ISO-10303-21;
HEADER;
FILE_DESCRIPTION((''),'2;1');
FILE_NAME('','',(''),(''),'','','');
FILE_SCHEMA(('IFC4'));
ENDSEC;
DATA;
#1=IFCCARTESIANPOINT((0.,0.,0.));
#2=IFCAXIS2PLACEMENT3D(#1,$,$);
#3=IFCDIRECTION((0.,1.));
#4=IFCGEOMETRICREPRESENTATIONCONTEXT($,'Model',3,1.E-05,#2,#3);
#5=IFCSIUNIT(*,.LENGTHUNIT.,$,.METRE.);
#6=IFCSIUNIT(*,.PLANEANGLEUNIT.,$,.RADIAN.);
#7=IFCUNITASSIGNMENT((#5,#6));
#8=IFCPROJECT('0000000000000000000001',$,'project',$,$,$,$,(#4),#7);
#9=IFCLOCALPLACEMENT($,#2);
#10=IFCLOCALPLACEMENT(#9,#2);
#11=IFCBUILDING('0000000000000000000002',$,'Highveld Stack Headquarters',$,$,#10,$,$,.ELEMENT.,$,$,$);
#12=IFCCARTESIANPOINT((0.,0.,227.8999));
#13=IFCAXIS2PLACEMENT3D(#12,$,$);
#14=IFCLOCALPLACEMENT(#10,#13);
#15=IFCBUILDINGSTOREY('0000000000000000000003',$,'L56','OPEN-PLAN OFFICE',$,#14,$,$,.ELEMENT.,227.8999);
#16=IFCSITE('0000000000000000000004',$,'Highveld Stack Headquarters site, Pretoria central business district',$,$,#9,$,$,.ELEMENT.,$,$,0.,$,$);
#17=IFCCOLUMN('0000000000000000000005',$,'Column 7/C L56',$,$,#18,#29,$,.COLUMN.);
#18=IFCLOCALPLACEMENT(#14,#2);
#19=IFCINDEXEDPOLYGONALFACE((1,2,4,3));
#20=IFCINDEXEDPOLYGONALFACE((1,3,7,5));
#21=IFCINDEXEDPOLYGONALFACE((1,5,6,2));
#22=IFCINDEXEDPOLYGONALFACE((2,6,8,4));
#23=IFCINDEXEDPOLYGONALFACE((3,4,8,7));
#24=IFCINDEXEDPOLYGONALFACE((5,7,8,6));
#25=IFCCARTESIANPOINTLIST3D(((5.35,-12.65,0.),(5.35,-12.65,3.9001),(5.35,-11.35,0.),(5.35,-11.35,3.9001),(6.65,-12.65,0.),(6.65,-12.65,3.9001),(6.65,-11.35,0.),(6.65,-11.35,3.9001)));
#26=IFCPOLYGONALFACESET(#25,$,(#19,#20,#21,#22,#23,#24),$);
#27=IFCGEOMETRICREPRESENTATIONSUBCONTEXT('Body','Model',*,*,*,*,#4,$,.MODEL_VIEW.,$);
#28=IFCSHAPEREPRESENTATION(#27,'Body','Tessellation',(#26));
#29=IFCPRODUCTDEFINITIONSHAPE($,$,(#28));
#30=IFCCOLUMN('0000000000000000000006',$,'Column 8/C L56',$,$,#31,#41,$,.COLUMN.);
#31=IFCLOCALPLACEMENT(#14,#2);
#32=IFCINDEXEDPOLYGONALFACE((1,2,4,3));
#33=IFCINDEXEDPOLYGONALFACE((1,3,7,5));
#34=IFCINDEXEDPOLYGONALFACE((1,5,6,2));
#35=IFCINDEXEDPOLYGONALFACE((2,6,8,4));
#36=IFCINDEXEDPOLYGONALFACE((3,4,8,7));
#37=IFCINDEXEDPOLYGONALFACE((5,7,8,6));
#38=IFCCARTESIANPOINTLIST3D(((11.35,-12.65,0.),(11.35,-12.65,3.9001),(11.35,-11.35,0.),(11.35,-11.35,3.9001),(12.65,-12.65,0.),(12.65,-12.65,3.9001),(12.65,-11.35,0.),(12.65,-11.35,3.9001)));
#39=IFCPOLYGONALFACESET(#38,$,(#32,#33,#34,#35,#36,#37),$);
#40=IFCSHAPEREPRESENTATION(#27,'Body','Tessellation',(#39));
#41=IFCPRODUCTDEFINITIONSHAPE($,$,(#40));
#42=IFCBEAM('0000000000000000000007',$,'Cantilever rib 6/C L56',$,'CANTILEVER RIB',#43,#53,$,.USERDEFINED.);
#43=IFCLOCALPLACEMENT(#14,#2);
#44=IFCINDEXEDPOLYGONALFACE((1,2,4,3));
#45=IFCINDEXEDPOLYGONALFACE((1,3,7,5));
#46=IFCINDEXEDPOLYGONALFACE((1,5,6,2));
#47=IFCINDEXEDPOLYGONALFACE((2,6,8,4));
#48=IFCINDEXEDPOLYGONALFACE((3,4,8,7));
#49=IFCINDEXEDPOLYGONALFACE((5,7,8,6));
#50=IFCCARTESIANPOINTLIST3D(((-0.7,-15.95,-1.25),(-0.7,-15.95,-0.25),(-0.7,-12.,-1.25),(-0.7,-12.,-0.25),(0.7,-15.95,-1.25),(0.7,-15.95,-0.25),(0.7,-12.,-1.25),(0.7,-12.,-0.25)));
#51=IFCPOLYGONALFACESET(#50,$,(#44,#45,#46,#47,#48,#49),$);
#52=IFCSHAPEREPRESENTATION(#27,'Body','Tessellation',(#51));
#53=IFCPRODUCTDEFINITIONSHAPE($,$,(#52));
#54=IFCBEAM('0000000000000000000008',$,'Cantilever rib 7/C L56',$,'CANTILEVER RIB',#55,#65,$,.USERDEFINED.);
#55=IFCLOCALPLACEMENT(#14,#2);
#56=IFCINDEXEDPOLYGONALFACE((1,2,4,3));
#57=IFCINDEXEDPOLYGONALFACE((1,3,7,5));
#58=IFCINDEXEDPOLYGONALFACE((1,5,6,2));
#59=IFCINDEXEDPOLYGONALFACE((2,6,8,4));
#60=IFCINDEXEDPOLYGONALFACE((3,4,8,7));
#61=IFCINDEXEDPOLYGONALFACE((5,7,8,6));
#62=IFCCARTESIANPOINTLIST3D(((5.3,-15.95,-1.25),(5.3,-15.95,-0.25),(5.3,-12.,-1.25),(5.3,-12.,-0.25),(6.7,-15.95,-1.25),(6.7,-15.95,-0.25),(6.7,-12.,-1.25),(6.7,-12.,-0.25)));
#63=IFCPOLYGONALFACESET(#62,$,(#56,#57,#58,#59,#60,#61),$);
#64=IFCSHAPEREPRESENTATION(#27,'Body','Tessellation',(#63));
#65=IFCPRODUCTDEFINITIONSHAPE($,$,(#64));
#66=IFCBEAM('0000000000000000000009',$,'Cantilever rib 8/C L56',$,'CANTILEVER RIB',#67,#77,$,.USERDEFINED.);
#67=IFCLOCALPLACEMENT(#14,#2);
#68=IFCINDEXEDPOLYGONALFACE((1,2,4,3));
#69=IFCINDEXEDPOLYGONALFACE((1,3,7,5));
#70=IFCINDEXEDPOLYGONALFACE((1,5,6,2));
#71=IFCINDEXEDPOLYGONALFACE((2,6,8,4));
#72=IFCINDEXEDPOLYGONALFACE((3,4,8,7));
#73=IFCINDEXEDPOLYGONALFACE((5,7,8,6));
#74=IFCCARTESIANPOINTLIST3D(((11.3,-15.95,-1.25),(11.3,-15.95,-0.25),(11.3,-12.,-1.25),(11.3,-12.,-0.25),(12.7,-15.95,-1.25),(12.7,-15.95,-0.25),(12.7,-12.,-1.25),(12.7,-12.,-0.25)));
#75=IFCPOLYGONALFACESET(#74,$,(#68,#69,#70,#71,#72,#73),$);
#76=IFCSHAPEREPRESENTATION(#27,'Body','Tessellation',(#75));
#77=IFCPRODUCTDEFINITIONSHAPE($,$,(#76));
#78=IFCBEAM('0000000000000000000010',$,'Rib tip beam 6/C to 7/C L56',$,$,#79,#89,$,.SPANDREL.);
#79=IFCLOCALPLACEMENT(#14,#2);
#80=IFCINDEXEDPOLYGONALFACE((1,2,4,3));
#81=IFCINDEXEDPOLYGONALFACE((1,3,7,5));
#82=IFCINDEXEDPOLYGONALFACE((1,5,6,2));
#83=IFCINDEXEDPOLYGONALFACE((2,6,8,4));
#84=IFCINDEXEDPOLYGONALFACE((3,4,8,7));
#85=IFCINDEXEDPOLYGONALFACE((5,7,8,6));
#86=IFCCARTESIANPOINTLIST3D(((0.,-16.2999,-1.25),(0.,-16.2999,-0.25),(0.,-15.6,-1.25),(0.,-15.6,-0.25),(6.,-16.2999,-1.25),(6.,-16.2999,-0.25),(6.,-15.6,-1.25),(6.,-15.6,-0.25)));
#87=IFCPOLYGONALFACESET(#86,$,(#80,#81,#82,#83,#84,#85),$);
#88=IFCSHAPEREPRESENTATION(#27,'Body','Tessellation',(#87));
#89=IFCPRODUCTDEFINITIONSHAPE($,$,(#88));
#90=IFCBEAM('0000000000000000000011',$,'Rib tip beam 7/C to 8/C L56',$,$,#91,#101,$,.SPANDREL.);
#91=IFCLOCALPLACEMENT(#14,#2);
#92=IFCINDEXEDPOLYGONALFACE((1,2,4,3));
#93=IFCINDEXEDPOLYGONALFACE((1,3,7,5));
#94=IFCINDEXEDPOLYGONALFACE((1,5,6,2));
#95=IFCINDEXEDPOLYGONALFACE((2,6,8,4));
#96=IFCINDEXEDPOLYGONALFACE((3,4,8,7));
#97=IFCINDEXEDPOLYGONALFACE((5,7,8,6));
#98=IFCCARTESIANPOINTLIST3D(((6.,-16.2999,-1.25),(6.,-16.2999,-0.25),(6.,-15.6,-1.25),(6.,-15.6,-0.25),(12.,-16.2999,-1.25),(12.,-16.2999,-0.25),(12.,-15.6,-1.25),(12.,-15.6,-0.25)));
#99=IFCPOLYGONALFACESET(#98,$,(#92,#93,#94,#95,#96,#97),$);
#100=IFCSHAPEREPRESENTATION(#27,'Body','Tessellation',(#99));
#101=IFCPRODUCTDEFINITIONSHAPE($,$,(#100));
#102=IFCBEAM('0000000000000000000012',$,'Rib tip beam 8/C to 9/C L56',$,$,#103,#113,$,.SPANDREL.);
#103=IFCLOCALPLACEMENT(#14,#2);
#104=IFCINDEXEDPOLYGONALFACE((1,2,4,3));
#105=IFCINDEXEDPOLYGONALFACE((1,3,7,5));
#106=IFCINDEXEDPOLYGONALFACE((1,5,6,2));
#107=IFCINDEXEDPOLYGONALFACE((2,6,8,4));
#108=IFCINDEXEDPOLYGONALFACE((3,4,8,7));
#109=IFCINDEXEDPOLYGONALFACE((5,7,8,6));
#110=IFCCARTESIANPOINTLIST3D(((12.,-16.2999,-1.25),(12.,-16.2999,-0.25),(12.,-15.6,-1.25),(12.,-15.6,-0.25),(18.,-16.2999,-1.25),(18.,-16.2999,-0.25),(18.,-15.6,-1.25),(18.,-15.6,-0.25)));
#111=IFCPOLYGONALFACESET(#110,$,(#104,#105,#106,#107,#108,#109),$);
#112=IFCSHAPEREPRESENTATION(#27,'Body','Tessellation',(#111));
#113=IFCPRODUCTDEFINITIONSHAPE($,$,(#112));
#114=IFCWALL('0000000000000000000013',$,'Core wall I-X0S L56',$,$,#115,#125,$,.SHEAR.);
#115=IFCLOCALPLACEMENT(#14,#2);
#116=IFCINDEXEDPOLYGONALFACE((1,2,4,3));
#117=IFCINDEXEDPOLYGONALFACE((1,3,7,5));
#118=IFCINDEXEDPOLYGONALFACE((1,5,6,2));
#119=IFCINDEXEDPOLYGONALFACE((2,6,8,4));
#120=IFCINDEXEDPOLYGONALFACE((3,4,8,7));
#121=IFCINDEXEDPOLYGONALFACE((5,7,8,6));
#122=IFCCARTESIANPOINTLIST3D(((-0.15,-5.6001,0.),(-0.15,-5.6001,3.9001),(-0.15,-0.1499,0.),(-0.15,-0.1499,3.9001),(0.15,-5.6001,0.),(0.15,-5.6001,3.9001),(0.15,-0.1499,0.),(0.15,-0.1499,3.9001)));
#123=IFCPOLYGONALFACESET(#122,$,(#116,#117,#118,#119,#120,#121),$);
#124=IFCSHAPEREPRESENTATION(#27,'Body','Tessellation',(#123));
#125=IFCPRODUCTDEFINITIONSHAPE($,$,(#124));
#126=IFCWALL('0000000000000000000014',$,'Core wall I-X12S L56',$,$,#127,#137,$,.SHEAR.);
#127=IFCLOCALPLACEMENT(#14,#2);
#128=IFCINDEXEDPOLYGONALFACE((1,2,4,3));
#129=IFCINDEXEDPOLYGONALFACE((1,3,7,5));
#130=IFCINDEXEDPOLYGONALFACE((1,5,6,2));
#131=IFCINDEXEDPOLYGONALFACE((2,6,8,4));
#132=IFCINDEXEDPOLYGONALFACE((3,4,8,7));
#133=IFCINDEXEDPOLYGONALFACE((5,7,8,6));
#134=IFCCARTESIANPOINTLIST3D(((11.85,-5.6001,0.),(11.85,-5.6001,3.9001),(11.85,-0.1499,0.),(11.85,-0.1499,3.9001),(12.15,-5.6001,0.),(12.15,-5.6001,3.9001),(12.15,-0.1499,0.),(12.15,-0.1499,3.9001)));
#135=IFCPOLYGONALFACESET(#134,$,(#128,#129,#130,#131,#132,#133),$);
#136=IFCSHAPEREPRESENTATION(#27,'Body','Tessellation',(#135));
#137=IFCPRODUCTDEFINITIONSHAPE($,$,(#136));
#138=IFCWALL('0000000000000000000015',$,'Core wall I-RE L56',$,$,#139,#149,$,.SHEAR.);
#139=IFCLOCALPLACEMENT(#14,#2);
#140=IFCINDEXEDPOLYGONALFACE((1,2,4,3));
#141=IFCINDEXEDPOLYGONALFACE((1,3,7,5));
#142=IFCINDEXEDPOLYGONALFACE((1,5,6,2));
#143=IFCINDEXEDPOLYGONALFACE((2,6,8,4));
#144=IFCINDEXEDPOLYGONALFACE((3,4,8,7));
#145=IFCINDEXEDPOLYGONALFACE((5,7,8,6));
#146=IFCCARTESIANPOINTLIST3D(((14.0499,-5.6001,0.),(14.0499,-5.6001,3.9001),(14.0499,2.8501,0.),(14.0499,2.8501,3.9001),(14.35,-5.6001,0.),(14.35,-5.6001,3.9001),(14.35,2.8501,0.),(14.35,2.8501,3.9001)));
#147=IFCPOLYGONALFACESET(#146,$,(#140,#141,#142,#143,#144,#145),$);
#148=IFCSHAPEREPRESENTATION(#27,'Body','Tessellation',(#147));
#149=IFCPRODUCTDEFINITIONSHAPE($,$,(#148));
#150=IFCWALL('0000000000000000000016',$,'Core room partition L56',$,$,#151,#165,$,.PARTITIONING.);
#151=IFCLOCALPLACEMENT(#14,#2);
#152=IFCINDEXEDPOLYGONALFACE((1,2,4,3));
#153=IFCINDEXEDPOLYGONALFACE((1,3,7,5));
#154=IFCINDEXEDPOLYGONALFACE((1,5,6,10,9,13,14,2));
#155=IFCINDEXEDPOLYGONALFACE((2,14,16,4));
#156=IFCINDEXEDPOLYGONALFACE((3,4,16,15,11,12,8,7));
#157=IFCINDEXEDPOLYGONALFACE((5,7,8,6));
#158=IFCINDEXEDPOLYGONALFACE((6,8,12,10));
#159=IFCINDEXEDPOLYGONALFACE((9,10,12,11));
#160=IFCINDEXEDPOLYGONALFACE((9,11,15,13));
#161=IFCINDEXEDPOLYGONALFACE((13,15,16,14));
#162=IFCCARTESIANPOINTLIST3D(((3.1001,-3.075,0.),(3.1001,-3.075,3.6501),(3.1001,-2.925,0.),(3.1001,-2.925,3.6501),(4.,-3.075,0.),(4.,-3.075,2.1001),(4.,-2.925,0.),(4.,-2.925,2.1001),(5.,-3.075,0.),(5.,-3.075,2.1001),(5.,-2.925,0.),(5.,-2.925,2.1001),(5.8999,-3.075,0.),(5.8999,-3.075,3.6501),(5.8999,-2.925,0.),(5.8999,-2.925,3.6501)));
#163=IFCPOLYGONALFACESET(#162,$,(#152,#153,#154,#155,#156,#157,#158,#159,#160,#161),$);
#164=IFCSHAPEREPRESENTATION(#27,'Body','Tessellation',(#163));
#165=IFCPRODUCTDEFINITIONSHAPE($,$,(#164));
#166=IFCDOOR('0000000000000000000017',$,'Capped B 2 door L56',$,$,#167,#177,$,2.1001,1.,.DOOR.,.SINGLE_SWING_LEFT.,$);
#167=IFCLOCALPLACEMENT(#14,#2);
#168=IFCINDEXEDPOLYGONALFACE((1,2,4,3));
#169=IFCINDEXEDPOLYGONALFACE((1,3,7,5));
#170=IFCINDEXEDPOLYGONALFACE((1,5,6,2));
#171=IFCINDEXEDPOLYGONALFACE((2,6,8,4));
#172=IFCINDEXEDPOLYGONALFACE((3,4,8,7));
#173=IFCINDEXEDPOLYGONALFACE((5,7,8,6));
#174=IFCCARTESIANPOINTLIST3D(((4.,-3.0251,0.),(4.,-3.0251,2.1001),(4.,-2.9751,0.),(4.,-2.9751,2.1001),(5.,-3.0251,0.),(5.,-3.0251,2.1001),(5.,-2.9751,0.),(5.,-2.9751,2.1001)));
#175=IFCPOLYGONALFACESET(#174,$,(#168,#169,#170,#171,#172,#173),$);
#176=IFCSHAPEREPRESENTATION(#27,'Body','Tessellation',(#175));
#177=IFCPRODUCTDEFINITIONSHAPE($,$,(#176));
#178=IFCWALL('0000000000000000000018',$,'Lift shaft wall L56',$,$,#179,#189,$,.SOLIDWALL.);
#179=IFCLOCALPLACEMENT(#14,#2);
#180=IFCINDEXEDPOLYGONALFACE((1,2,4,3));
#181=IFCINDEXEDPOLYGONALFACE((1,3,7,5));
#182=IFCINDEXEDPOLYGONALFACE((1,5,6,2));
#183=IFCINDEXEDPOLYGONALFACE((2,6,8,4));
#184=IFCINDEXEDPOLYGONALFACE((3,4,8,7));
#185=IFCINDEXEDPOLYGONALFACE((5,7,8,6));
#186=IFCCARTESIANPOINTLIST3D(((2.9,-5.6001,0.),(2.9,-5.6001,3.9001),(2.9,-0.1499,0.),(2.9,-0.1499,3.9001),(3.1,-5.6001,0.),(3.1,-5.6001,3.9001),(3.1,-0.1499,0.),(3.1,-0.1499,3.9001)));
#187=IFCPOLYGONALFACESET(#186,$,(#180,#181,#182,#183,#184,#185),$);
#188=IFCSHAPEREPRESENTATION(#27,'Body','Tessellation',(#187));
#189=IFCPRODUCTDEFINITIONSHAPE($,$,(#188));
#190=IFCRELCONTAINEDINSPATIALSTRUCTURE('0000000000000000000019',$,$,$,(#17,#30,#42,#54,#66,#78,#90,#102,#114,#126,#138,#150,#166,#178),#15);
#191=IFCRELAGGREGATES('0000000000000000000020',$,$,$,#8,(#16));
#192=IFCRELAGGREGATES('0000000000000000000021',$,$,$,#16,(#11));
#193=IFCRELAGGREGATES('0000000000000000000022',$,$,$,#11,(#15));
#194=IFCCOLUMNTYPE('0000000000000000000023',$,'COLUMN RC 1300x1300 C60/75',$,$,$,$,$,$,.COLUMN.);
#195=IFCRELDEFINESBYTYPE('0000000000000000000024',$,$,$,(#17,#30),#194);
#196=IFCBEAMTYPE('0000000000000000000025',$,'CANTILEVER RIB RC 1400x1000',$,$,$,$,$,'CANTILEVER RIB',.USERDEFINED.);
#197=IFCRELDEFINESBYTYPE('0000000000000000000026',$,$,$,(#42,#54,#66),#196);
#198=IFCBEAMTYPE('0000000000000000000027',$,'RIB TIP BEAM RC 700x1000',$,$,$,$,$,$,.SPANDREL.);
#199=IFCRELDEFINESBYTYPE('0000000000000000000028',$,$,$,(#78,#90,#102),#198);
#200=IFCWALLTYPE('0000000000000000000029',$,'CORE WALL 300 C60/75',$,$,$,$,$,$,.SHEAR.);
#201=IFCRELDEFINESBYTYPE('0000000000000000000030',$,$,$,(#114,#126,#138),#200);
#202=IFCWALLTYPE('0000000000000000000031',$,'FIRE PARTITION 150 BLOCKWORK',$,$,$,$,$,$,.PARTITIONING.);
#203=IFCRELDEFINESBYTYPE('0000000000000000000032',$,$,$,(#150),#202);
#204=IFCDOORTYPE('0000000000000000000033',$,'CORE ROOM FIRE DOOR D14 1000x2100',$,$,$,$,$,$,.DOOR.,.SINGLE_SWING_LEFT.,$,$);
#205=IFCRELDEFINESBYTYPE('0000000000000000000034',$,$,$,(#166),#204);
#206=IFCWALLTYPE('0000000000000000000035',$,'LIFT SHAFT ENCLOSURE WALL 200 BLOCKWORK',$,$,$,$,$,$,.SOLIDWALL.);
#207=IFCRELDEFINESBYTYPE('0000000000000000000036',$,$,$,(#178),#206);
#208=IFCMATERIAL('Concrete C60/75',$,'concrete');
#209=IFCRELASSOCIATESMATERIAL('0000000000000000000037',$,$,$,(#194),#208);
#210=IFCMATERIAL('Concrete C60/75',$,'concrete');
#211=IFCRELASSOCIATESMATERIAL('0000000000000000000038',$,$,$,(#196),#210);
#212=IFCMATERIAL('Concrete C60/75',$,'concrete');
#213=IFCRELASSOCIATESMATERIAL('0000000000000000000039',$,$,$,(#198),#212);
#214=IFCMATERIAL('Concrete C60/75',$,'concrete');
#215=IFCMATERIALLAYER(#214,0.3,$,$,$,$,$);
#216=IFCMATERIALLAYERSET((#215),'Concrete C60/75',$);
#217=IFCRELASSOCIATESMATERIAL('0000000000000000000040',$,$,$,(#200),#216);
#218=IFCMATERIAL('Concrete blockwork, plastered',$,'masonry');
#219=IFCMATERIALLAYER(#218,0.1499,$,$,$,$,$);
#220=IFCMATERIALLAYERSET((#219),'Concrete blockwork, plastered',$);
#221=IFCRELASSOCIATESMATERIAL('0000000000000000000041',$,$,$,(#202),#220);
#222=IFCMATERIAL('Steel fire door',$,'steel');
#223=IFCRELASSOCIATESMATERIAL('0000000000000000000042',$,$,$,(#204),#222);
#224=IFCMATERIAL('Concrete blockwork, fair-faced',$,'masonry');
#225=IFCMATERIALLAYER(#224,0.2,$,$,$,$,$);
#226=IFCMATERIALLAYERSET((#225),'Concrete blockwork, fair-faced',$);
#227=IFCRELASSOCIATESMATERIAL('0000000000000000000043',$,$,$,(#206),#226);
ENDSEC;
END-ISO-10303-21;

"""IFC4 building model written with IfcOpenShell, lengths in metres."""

from ifc_helpers import new_model, si_unit, direction, frame, frame_2d, origin, origin_2d, place, context, subcontext, project, spatial, rectangle, extrude, material, layer, layer_set, material_profile, profile_set, type_object, element, fill, save


model = new_model("IFC4")

# Units and contexts
model_context = context("Model", 3, precision=1e-05, world=origin(), true_north=direction((0.0, 1.0)))
body_context = subcontext(model_context, "Body", "Model", "MODEL_VIEW")
ifc_project = project(units=[si_unit("LENGTHUNIT", "METRE"), si_unit("PLANEANGLEUNIT", "RADIAN")], contexts=[model_context])

# Site, building, storey
site_placement = place(None, origin())
site = spatial("IfcSite", under=ifc_project, at=site_placement, Name="Highveld Stack Headquarters site, Pretoria central business district", CompositionType="ELEMENT", RefElevation=0.0)
building_placement = place(site_placement, origin())
building = spatial("IfcBuilding", under=site, at=building_placement, Name="Highveld Stack Headquarters", CompositionType="ELEMENT")
storey_placement = place(building_placement, frame((0.0, 0.0, 227.8999)))
storey = spatial("IfcBuildingStorey", under=building, at=storey_placement, Name="L56", Description="OPEN-PLAN OFFICE", CompositionType="ELEMENT", Elevation=227.8999)

# Columns
ifc_material_1 = material(Name="Concrete C60/75", Category="concrete")
ifc_material_profile_1 = material_profile(ifc_material_1, rectangle(XDim=1.3, YDim=1.3, at=origin_2d()), Name="RC 1300x1300")
ifc_profile_set_1 = profile_set([ifc_material_profile_1], Name="Concrete C60/75")
column_type = type_object("IfcColumnType", Name="COLUMN RC 1300x1300 C60/75", PredefinedType="COLUMN", material=ifc_profile_set_1)
for number, where, z_axis, x_axis, name in (
    (1, (6.0, -12.0, 0.0), (0.0, 0.0, 1.0), (1.0, 0.0, 0.0), "Column 7/C L56"),
    (2, (12.0, -12.0, 0.0), (0.0, 0.0, 1.0), (1.0, 0.0, 0.0), "Column 8/C L56"),
):
    element("IfcColumn", number, at=place(storey_placement, frame(where, z_axis=z_axis, x_axis=x_axis)), inside=storey, type_object=column_type, Name=name, PredefinedType="COLUMN", context=body_context, shape_type="SweptSolid", body=[
        extrude(rectangle(XDim=1.3, YDim=1.3, at=origin_2d()), origin(), (0.0, 0.0, 1.0), 3.9001),
    ])

# Beams
ifc_material_2 = material(Name="Concrete C60/75", Category="concrete")
ifc_material_profile_2 = material_profile(ifc_material_2, rectangle(XDim=1.3999, YDim=1.0, at=origin_2d()), Name="RC 1400x1000")
ifc_profile_set_2 = profile_set([ifc_material_profile_2], Name="Concrete C60/75")
beam_type_1 = type_object("IfcBeamType", Name="CANTILEVER RIB RC 1400x1000", ElementType="CANTILEVER RIB", PredefinedType="USERDEFINED", material=ifc_profile_set_2)
for number, where, z_axis, x_axis, name in (
    (3, (0.0, -12.0, -0.75), (0.0, -1.0, 0.0), (1.0, 0.0, 0.0), "Cantilever rib 6/C L56"),
    (4, (6.0, -12.0, -0.75), (0.0, -1.0, 0.0), (1.0, 0.0, 0.0), "Cantilever rib 7/C L56"),
    (5, (12.0, -12.0, -0.75), (0.0, -1.0, 0.0), (1.0, 0.0, 0.0), "Cantilever rib 8/C L56"),
):
    element("IfcBeam", number, at=place(storey_placement, frame(where, z_axis=z_axis, x_axis=x_axis)), inside=storey, type_object=beam_type_1, Name=name, ObjectType="CANTILEVER RIB", PredefinedType="USERDEFINED", context=body_context, shape_type="SweptSolid", body=[
        extrude(rectangle(XDim=1.3999, YDim=1.0, at=origin_2d()), origin(), (0.0, 0.0, 1.0), 3.95),
    ])
ifc_material_3 = material(Name="Concrete C60/75", Category="concrete")
ifc_material_profile_3 = material_profile(ifc_material_3, rectangle(XDim=0.7, YDim=1.0, at=origin_2d()), Name="RC 700x1000")
ifc_profile_set_3 = profile_set([ifc_material_profile_3], Name="Concrete C60/75")
beam_type_2 = type_object("IfcBeamType", Name="RIB TIP BEAM RC 700x1000", PredefinedType="SPANDREL", material=ifc_profile_set_3)
for number, where, z_axis, x_axis, name in (
    (6, (0.0, -15.95, -0.75), (1.0, 0.0, 0.0), (0.0, 1.0, 0.0), "Rib tip beam 6/C to 7/C L56"),
    (7, (6.0, -15.95, -0.75), (1.0, 0.0, 0.0), (0.0, 1.0, 0.0), "Rib tip beam 7/C to 8/C L56"),
    (8, (12.0, -15.95, -0.75), (1.0, 0.0, 0.0), (0.0, 1.0, 0.0), "Rib tip beam 8/C to 9/C L56"),
):
    element("IfcBeam", number, at=place(storey_placement, frame(where, z_axis=z_axis, x_axis=x_axis)), inside=storey, type_object=beam_type_2, Name=name, PredefinedType="SPANDREL", context=body_context, shape_type="SweptSolid", body=[
        extrude(rectangle(XDim=0.7, YDim=1.0, at=origin_2d()), origin(), (0.0, 0.0, 1.0), 6.0),
    ])

# Walls
ifc_material_4 = material(Name="Concrete C60/75", Category="concrete")
ifc_layer_1 = layer(ifc_material_4, 0.3)
ifc_layer_set_1 = layer_set([ifc_layer_1], Name="Concrete C60/75")
wall_type_1 = type_object("IfcWallType", Name="CORE WALL 300 C60/75", PredefinedType="SHEAR", material=ifc_layer_set_1)
for number, where, z_axis, x_axis, name in (
    (9, (0.0, -5.6001, 0.0), (0.0, 0.0, 1.0), (0.0, 1.0, 0.0), "Core wall I-X0S L56"),
    (10, (12.0, -5.6001, 0.0), (0.0, 0.0, 1.0), (0.0, 1.0, 0.0), "Core wall I-X12S L56"),
):
    element("IfcWall", number, at=place(storey_placement, frame(where, z_axis=z_axis, x_axis=x_axis)), inside=storey, type_object=wall_type_1, Name=name, PredefinedType="SHEAR", context=body_context, shape_type="SweptSolid", body=[
        extrude(rectangle(XDim=5.4502, YDim=0.3, at=frame_2d((2.7251, 0.0))), origin(), (0.0, 0.0, 1.0), 3.9001),
    ])
wall_1_placement = place(storey_placement, frame((14.2, -5.6001, 0.0), z_axis=(0.0, 0.0, 1.0), x_axis=(0.0, 1.0, 0.0)))
element("IfcWall", 11, at=wall_1_placement, inside=storey, type_object=wall_type_1, Name="Core wall I-RE L56", PredefinedType="SHEAR", context=body_context, shape_type="SweptSolid", body=[
    extrude(rectangle(XDim=8.4502, YDim=0.3, at=frame_2d((4.2251, 0.0))), origin(), (0.0, 0.0, 1.0), 3.9001),
])

# Wall, opening, door
ifc_material_5 = material(Name="Concrete blockwork, plastered", Category="masonry")
ifc_layer_2 = layer(ifc_material_5, 0.1499)
ifc_layer_set_2 = layer_set([ifc_layer_2], Name="Concrete blockwork, plastered")
wall_type_2 = type_object("IfcWallType", Name="FIRE PARTITION 150 BLOCKWORK", PredefinedType="PARTITIONING", material=ifc_layer_set_2)
wall_2_placement = place(storey_placement, frame((3.1001, -3.0, 0.0), z_axis=(0.0, 0.0, 1.0), x_axis=(1.0, 0.0, 0.0)))
wall_2 = element("IfcWall", 12, at=wall_2_placement, inside=storey, type_object=wall_type_2, Name="Core room partition L56", PredefinedType="PARTITIONING", context=body_context, shape_type="SweptSolid", body=[
    extrude(rectangle(XDim=2.7998, YDim=0.1499, at=frame_2d((1.3999, 0.0))), origin(), (0.0, 0.0, 1.0), 3.6501),
])
opening_1_placement = place(wall_2_placement, frame((0.8999, 0.0, 0.0)))
opening_1 = element("IfcOpeningElement", 13, at=opening_1_placement, cuts=wall_2, PredefinedType="OPENING", context=body_context, shape_type="SweptSolid", body=[
    extrude(rectangle(XDim=1.0, YDim=2.1001, at=frame_2d((0.5, 1.05))), frame((0.0, 0.085, 0.0), z_axis=(0.0, -1.0, 0.0), x_axis=(1.0, 0.0, 0.0)), (0.0, 0.0, 1.0), 0.1699),
])
ifc_material_6 = material(Name="Steel fire door", Category="steel")
door_type_1 = type_object("IfcDoorType", Name="CORE ROOM FIRE DOOR D14 1000x2100", OperationType="SINGLE_SWING_LEFT", PredefinedType="DOOR", material=ifc_material_6)
door_1_placement = place(opening_1_placement, origin())
door_1 = element("IfcDoor", 14, at=door_1_placement, inside=storey, type_object=door_type_1, Name="Capped B 2 door L56", OperationType="SINGLE_SWING_LEFT", OverallHeight=2.1001, OverallWidth=1.0, PredefinedType="DOOR", context=body_context, shape_type="SweptSolid", body=[
    extrude(rectangle(XDim=1.0, YDim=2.1001, at=frame_2d((0.5, 1.05))), frame((0.0, 0.0249, 0.0), z_axis=(0.0, -1.0, 0.0), x_axis=(1.0, 0.0, 0.0)), (0.0, 0.0, 1.0), 0.05),
])
fill(opening_1, door_1)

# Wall
ifc_material_7 = material(Name="Concrete blockwork, fair-faced", Category="masonry")
ifc_layer_3 = layer(ifc_material_7, 0.2)
ifc_layer_set_3 = layer_set([ifc_layer_3], Name="Concrete blockwork, fair-faced")
wall_type_3 = type_object("IfcWallType", Name="LIFT SHAFT ENCLOSURE WALL 200 BLOCKWORK", PredefinedType="SOLIDWALL", material=ifc_layer_set_3)
for number, where, z_axis, x_axis, name in (
    (15, (3.0, -5.6001, 0.0), (0.0, 0.0, 1.0), (0.0, 1.0, 0.0), "Lift shaft wall L56"),
):
    element("IfcWall", number, at=place(storey_placement, frame(where, z_axis=z_axis, x_axis=x_axis)), inside=storey, type_object=wall_type_3, Name=name, PredefinedType="SOLIDWALL", context=body_context, shape_type="SweptSolid", body=[
        extrude(rectangle(XDim=5.4502, YDim=0.2, at=frame_2d((2.7251, 0.0))), origin(), (0.0, 0.0, 1.0), 3.9001),
    ])

save(model, "model.ifc")
